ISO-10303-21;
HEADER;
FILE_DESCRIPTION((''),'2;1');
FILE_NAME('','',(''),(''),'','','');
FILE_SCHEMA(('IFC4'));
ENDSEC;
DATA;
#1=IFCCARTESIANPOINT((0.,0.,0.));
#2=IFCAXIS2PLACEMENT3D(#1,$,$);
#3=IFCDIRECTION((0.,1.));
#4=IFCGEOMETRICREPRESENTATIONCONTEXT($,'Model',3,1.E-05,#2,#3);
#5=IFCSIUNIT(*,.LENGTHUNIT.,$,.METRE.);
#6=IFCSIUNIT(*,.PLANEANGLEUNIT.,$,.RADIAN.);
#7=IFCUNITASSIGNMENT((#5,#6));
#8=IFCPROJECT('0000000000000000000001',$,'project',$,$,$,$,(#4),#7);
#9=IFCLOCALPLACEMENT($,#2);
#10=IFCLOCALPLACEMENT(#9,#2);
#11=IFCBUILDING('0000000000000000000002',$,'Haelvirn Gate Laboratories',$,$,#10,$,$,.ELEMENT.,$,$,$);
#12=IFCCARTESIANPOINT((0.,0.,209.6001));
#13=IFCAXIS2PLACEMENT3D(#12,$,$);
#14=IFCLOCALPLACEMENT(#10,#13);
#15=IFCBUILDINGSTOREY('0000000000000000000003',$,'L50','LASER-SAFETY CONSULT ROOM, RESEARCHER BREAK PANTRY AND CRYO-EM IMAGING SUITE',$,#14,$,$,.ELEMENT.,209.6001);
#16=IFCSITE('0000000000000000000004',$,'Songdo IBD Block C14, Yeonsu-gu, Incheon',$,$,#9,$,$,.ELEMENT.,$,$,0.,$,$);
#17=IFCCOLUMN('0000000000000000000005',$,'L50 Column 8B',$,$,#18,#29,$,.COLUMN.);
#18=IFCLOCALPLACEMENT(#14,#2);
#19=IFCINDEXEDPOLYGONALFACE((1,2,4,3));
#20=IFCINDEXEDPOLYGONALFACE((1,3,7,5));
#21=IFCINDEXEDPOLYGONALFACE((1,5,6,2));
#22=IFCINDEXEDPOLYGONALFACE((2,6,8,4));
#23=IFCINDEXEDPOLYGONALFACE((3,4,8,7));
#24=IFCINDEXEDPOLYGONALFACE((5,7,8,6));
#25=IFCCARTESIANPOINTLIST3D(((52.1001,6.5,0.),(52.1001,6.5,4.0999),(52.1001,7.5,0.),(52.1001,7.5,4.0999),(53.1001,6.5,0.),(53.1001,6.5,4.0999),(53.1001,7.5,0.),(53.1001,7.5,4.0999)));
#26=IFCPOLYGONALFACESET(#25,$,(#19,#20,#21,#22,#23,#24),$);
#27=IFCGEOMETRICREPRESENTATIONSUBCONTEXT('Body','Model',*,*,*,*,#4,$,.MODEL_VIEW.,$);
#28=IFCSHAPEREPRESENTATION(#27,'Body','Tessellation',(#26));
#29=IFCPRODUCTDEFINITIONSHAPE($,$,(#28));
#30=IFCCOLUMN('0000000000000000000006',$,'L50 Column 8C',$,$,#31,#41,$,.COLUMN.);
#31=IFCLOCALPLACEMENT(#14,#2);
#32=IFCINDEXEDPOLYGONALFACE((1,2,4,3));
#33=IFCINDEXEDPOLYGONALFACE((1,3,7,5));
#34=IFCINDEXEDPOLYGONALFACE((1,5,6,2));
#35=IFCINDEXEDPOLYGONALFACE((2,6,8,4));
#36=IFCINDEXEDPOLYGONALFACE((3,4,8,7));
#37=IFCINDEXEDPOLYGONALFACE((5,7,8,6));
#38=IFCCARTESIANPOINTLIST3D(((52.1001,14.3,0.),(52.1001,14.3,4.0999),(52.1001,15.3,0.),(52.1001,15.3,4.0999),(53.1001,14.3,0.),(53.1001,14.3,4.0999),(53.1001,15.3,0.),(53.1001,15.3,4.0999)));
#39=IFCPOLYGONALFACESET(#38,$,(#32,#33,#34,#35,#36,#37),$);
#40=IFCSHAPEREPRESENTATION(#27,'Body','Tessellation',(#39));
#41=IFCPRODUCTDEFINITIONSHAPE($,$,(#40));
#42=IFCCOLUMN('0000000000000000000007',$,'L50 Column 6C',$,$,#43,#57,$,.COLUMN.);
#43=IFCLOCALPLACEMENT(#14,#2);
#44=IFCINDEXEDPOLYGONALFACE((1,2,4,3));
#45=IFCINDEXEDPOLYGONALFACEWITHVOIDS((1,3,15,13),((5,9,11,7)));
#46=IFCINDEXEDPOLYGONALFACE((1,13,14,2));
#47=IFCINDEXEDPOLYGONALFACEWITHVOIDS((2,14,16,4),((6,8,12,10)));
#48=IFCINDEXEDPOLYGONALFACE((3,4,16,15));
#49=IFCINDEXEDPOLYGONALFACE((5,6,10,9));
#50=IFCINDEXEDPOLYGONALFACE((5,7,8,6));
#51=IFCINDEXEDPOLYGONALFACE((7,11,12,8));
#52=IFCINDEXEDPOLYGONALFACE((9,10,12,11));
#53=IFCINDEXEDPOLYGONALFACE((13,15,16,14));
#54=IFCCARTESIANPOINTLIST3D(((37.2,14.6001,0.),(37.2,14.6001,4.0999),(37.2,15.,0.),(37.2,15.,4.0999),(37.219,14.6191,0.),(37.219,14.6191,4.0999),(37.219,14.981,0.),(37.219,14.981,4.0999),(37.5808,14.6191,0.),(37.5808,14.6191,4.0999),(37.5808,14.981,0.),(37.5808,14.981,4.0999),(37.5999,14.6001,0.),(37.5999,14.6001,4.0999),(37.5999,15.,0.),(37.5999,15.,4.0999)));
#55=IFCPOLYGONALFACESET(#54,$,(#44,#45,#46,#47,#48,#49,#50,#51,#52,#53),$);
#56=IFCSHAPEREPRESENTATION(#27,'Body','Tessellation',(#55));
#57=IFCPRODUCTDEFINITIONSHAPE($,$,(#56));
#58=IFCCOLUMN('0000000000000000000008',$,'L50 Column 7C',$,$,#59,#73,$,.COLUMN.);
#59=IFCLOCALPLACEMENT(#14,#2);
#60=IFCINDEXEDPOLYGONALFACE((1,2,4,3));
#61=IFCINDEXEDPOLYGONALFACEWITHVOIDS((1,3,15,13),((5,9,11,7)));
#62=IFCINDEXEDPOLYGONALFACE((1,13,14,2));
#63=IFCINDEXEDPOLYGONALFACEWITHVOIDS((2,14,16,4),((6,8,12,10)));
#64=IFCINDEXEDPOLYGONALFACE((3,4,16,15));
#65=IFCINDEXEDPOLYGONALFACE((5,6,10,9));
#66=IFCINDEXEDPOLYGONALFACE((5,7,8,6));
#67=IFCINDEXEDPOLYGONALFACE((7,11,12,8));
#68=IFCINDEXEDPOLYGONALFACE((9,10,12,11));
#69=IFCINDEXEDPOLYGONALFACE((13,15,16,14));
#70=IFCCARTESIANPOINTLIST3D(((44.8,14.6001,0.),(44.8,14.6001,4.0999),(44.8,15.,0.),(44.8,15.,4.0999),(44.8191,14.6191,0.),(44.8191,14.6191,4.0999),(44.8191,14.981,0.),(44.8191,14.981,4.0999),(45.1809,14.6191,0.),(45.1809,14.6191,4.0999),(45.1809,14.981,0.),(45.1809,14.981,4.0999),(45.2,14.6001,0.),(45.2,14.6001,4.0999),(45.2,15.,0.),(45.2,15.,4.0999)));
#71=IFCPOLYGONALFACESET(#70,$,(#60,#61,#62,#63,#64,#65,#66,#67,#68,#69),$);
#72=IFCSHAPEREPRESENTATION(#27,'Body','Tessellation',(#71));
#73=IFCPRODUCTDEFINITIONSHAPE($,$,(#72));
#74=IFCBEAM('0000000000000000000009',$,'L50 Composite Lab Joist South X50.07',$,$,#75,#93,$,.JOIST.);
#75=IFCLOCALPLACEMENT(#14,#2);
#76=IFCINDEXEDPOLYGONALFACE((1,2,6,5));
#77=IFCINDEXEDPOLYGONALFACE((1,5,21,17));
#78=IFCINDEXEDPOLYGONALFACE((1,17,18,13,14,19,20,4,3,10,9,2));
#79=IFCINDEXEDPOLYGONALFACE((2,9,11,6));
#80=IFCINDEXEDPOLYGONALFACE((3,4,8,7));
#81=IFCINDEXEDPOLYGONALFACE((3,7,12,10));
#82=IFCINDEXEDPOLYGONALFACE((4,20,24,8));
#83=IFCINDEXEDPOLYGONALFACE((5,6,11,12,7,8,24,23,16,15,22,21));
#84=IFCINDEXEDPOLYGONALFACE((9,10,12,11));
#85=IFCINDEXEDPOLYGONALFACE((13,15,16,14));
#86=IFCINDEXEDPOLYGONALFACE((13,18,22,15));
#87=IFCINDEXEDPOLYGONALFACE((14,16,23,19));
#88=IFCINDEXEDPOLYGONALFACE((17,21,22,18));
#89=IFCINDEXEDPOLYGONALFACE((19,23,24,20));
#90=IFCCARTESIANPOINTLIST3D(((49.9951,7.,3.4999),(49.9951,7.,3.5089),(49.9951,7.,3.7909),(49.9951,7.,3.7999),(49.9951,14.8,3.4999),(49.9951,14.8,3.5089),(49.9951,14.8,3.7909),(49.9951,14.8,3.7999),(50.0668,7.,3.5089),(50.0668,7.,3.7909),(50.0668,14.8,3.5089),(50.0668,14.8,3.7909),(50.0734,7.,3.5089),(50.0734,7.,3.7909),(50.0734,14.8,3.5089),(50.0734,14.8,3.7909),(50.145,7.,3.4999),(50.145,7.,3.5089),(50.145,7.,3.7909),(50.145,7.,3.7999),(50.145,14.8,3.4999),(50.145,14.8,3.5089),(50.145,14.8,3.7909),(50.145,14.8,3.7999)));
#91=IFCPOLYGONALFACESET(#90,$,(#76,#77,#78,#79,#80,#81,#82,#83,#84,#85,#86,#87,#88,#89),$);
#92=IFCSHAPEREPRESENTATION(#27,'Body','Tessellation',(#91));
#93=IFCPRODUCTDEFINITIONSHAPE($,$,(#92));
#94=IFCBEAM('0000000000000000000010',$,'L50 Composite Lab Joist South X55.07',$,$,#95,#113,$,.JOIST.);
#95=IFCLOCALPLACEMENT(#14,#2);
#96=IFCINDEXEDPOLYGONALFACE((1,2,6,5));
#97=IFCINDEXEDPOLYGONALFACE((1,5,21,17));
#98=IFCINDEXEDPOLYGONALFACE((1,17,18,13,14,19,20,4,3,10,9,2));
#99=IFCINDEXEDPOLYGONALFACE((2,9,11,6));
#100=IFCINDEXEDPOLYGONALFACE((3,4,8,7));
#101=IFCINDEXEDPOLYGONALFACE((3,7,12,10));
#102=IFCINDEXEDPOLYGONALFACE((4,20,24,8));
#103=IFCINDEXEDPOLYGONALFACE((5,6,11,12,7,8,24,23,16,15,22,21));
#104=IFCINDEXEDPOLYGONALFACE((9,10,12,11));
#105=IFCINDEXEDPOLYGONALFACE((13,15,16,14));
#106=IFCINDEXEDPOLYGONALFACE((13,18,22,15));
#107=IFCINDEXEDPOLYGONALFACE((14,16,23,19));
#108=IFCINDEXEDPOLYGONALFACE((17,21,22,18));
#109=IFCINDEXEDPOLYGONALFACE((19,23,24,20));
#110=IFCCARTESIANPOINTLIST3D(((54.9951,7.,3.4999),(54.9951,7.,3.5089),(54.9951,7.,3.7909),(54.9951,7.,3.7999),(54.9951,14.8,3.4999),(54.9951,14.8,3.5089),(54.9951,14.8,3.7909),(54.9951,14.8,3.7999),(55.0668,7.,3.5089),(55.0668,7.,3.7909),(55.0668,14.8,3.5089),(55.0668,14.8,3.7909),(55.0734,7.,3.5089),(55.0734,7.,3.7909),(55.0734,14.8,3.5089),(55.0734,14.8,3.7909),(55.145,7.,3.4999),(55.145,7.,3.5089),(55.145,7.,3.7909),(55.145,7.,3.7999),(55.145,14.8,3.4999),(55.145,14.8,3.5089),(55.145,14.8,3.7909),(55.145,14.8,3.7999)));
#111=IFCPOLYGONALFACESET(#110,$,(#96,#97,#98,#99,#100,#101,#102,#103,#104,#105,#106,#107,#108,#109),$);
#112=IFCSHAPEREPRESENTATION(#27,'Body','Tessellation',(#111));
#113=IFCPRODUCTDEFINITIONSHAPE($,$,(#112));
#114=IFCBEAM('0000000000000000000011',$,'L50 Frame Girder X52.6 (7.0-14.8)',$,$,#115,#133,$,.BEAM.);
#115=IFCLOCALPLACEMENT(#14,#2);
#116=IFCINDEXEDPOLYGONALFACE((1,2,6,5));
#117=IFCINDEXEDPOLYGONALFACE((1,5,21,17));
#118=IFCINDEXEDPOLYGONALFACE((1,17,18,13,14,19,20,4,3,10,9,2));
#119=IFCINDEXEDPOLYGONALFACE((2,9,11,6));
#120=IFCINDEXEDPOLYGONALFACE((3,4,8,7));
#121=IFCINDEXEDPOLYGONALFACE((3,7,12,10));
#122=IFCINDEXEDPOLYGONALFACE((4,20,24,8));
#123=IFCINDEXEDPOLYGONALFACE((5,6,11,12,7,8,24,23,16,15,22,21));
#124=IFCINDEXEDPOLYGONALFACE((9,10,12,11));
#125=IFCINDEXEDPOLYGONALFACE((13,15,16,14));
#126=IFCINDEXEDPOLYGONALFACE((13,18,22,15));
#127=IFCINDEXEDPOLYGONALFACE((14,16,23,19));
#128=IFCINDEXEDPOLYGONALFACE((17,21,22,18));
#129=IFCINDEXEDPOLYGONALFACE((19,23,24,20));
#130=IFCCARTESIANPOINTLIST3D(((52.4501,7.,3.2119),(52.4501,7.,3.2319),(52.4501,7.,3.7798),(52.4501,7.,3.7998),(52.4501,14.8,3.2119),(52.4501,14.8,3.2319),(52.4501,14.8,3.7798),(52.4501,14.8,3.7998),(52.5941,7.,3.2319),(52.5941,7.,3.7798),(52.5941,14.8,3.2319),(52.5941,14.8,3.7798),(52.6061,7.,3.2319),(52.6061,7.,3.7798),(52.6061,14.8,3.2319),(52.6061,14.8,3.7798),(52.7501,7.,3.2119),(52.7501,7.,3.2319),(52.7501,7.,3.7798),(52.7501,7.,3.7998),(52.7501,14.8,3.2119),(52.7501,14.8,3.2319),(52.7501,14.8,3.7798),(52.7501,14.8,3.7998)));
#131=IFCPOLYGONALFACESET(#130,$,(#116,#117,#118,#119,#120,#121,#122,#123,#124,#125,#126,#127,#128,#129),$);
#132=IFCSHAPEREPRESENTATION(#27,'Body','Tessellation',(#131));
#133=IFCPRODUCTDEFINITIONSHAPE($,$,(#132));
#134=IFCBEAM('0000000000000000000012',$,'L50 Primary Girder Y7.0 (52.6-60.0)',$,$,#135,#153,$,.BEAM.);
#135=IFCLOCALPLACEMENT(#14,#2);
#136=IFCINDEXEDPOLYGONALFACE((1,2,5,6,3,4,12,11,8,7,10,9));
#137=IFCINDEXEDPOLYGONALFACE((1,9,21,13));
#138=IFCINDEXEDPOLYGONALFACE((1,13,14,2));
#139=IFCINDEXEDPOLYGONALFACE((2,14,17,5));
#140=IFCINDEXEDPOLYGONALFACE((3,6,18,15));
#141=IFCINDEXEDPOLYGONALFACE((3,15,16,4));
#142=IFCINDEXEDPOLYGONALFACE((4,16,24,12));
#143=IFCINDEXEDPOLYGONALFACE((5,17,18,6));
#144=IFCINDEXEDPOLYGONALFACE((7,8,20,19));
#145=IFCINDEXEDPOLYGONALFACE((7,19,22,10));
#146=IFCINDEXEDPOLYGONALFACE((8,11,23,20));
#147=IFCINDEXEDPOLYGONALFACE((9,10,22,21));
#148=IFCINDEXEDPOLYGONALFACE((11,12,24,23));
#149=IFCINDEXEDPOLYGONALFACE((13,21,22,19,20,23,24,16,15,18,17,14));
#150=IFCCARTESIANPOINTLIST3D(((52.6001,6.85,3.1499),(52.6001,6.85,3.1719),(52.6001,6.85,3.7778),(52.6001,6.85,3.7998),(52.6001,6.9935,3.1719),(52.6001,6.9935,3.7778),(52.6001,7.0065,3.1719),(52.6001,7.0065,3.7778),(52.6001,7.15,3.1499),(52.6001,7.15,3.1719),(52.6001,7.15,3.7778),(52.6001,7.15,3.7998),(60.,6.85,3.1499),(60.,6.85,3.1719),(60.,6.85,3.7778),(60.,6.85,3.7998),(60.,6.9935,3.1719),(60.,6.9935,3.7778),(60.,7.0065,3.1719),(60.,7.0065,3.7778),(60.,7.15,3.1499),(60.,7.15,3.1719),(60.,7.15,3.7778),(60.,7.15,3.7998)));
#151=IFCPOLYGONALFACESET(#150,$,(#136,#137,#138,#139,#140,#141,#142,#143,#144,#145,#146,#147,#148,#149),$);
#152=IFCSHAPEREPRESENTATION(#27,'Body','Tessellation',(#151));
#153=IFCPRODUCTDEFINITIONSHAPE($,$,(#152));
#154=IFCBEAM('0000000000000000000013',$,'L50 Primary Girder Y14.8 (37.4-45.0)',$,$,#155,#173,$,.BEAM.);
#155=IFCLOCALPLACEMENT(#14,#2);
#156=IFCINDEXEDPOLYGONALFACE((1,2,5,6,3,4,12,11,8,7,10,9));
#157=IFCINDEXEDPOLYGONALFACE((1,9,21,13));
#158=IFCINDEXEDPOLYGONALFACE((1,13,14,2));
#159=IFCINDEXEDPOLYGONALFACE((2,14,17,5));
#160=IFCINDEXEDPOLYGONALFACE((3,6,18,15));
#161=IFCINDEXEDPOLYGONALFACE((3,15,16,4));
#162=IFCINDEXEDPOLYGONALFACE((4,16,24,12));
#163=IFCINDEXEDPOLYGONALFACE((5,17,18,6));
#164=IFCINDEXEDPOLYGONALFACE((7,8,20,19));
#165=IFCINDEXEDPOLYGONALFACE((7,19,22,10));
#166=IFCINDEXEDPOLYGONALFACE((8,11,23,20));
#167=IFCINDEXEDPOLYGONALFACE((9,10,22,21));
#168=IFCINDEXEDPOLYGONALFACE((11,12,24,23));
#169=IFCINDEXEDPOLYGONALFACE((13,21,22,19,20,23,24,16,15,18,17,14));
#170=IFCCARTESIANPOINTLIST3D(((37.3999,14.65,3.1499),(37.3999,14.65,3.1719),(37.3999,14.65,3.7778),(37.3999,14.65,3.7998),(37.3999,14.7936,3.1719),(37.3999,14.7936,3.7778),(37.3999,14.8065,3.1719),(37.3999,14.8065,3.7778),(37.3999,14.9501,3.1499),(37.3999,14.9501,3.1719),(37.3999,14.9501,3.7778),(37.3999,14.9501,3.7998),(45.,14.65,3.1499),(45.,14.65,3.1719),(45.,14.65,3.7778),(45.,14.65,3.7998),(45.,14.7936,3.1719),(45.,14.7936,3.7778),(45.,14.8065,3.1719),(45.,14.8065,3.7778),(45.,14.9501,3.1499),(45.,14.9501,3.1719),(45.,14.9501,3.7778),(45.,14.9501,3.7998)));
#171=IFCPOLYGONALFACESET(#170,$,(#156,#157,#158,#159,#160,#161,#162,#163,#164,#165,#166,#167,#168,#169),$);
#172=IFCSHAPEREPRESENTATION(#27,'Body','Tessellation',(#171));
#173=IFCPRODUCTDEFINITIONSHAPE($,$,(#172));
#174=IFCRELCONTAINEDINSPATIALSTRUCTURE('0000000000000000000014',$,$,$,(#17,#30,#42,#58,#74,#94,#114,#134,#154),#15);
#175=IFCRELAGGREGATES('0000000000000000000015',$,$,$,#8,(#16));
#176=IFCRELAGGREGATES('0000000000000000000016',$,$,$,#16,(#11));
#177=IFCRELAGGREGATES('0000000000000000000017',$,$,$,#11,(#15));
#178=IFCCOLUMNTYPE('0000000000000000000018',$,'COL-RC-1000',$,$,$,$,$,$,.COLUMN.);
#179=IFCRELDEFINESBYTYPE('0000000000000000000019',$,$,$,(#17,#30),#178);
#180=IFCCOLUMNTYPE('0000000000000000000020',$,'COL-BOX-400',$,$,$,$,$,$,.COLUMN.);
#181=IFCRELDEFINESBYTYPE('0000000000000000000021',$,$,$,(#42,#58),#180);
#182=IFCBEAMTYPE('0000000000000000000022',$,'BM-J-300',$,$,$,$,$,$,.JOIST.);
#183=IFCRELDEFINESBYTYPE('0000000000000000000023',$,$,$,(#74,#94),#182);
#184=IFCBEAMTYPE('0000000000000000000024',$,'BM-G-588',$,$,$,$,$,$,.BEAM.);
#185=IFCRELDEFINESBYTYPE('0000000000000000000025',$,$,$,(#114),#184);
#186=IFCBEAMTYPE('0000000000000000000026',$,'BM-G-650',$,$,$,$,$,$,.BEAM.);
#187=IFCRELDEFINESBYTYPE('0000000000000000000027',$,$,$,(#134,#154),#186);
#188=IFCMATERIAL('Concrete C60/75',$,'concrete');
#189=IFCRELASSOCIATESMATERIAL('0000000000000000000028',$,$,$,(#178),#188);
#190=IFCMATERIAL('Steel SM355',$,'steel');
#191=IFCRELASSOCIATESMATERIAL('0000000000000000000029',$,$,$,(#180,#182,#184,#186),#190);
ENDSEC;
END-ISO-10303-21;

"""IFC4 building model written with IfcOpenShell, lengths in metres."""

from ifc_helpers import new_model, si_unit, direction, frame, origin, origin_2d, place, context, subcontext, project, spatial, rectangle, hollow_rectangle, i_section, extrude, source, transform, mapped, material, material_profile, profile_set, type_object, type_shapes, element, save


model = new_model("IFC4")

# Units and contexts
model_context = context("Model", 3, precision=1e-05, world=origin(), true_north=direction((0.0, 1.0)))
body_context = subcontext(model_context, "Body", "Model", "MODEL_VIEW")
ifc_project = project(units=[si_unit("LENGTHUNIT", "METRE"), si_unit("PLANEANGLEUNIT", "RADIAN")], contexts=[model_context])

# Site, building, storey
site_placement = place(None, origin())
site = spatial("IfcSite", under=ifc_project, at=site_placement, Name="Songdo IBD Block C14, Yeonsu-gu, Incheon", CompositionType="ELEMENT", RefElevation=0.0)
building_placement = place(site_placement, origin())
building = spatial("IfcBuilding", under=site, at=building_placement, Name="Haelvirn Gate Laboratories", CompositionType="ELEMENT")
storey_placement = place(building_placement, frame((0.0, 0.0, 209.6001)))
storey = spatial("IfcBuildingStorey", under=building, at=storey_placement, Name="L50", Description="LASER-SAFETY CONSULT ROOM, RESEARCHER BREAK PANTRY AND CRYO-EM IMAGING SUITE", CompositionType="ELEMENT", Elevation=209.6001)

# Columns
ifc_material_1 = material(Name="Concrete C60/75", Category="concrete")
ifc_material_profile_1 = material_profile(ifc_material_1, rectangle(XDim=1.0, YDim=1.0, at=origin_2d()), Name="RC-1000x1000")
ifc_profile_set_1 = profile_set([ifc_material_profile_1], Name="Concrete C60/75")
column_type_1 = type_object("IfcColumnType", Name="COL-RC-1000", PredefinedType="COLUMN", material=ifc_profile_set_1)
shared_shape_1 = source(origin(), body_context, "Body", "SweptSolid", [
    extrude(rectangle(XDim=1.0, YDim=1.0, at=origin_2d()), origin(), (0.0, 0.0, 1.0), 4.0999),
])
type_shapes(column_type_1, [shared_shape_1])
for number, where, z_axis, x_axis, name in (
    (1, (52.6001, 7.0, 0.0), (0.0, 0.0, 1.0), (1.0, 0.0, 0.0), "L50 Column 8B"),
    (2, (52.6001, 14.8, 0.0), (0.0, 0.0, 1.0), (1.0, 0.0, 0.0), "L50 Column 8C"),
):
    element("IfcColumn", number, at=place(storey_placement, frame(where, z_axis=z_axis, x_axis=x_axis)), inside=storey, type_object=column_type_1, Name=name, PredefinedType="COLUMN", context=body_context, shape_type="MappedRepresentation", body=[
        mapped(shared_shape_1, transform((0.0, 0.0, 0.0), scale=1.0)),
    ])
ifc_material_2 = material(Name="Steel SM355", Category="steel")
ifc_material_profile_2 = material_profile(ifc_material_2, hollow_rectangle(XDim=0.3999, YDim=0.3999, WallThickness=0.019, at=origin_2d()), Name="BOX-400x400x19")
ifc_profile_set_2 = profile_set([ifc_material_profile_2], Name="Steel SM355")
column_type_2 = type_object("IfcColumnType", Name="COL-BOX-400", PredefinedType="COLUMN", material=ifc_profile_set_2)
shared_shape_2 = source(origin(), body_context, "Body", "SweptSolid", [
    extrude(hollow_rectangle(XDim=0.3999, YDim=0.3999, WallThickness=0.019, at=origin_2d()), origin(), (0.0, 0.0, 1.0), 4.0999),
])
type_shapes(column_type_2, [shared_shape_2])
for number, where, z_axis, x_axis, name in (
    (3, (37.3999, 14.8, 0.0), (0.0, 0.0, 1.0), (1.0, 0.0, 0.0), "L50 Column 6C"),
    (4, (45.0, 14.8, 0.0), (0.0, 0.0, 1.0), (1.0, 0.0, 0.0), "L50 Column 7C"),
):
    element("IfcColumn", number, at=place(storey_placement, frame(where, z_axis=z_axis, x_axis=x_axis)), inside=storey, type_object=column_type_2, Name=name, PredefinedType="COLUMN", context=body_context, shape_type="MappedRepresentation", body=[
        mapped(shared_shape_2, transform((0.0, 0.0, 0.0), scale=1.0)),
    ])

# Beams
ifc_material_profile_3 = material_profile(ifc_material_2, i_section(OverallWidth=0.1499, OverallDepth=0.3, WebThickness=0.0066, FlangeThickness=0.009, at=origin_2d()), Name="H-300x150x6.5x9")
ifc_profile_set_3 = profile_set([ifc_material_profile_3], Name="Steel SM355")
beam_type_1 = type_object("IfcBeamType", Name="BM-J-300", PredefinedType="JOIST", material=ifc_profile_set_3)
shared_shape_3 = source(origin(), body_context, "Body", "SweptSolid", [
    extrude(i_section(OverallWidth=0.1499, OverallDepth=0.3, WebThickness=0.0066, FlangeThickness=0.009, at=origin_2d()), origin(), (0.0, 0.0, 1.0), 7.8),
])
type_shapes(beam_type_1, [shared_shape_3])
for number, where, z_axis, x_axis, name in (
    (5, (50.0701, 7.0, 3.6499), (0.0, 1.0, 0.0), (-1.0, 0.0, 0.0), "L50 Composite Lab Joist South X50.07"),
    (6, (55.0701, 7.0, 3.6499), (0.0, 1.0, 0.0), (-1.0, 0.0, 0.0), "L50 Composite Lab Joist South X55.07"),
):
    element("IfcBeam", number, at=place(storey_placement, frame(where, z_axis=z_axis, x_axis=x_axis)), inside=storey, type_object=beam_type_1, Name=name, PredefinedType="JOIST", context=body_context, shape_type="MappedRepresentation", body=[
        mapped(shared_shape_3, transform((0.0, 0.0, 0.0), scale=1.0)),
    ])
ifc_material_profile_4 = material_profile(ifc_material_2, i_section(OverallWidth=0.3, OverallDepth=0.5879, WebThickness=0.012, FlangeThickness=0.02, at=origin_2d()), Name="H-588x300x12x20")
ifc_profile_set_4 = profile_set([ifc_material_profile_4], Name="Steel SM355")
beam_type_2 = type_object("IfcBeamType", Name="BM-G-588", PredefinedType="BEAM", material=ifc_profile_set_4)
shared_shape_4 = source(origin(), body_context, "Body", "SweptSolid", [
    extrude(i_section(OverallWidth=0.3, OverallDepth=0.5879, WebThickness=0.012, FlangeThickness=0.02, at=origin_2d()), origin(), (0.0, 0.0, 1.0), 7.8),
])
type_shapes(beam_type_2, [shared_shape_4])
beam_1_placement = place(storey_placement, frame((52.6001, 7.0, 3.5059), z_axis=(0.0, 1.0, 0.0), x_axis=(-1.0, 0.0, 0.0)))
element("IfcBeam", 7, at=beam_1_placement, inside=storey, type_object=beam_type_2, Name="L50 Frame Girder X52.6 (7.0-14.8)", PredefinedType="BEAM", context=body_context, shape_type="MappedRepresentation", body=[
    mapped(shared_shape_4, transform((0.0, 0.0, 0.0), scale=1.0)),
])
ifc_material_profile_5 = material_profile(ifc_material_2, i_section(OverallWidth=0.3, OverallDepth=0.6499, WebThickness=0.0129, FlangeThickness=0.022, at=origin_2d()), Name="H-650x300x13x22")
ifc_profile_set_5 = profile_set([ifc_material_profile_5], Name="Steel SM355")
beam_type_3 = type_object("IfcBeamType", Name="BM-G-650", PredefinedType="BEAM", material=ifc_profile_set_5)
shared_shape_5 = source(origin(), body_context, "Body", "SweptSolid", [
    extrude(i_section(OverallWidth=0.3, OverallDepth=0.6499, WebThickness=0.0129, FlangeThickness=0.022, at=origin_2d()), origin(), (0.0, 0.0, 1.0), 7.3999),
])
beam_2_placement = place(storey_placement, frame((52.6001, 7.0, 3.4749), z_axis=(1.0, 0.0, 0.0), x_axis=(0.0, 1.0, 0.0)))
element("IfcBeam", 8, at=beam_2_placement, inside=storey, type_object=beam_type_3, Name="L50 Primary Girder Y7.0 (52.6-60.0)", PredefinedType="BEAM", context=body_context, shape_type="MappedRepresentation", body=[
    mapped(shared_shape_5, transform((0.0, 0.0, 0.0), scale=1.0)),
])
shared_shape_6 = source(origin(), body_context, "Body", "SweptSolid", [
    extrude(i_section(OverallWidth=0.3, OverallDepth=0.6499, WebThickness=0.0129, FlangeThickness=0.022, at=origin_2d()), origin(), (0.0, 0.0, 1.0), 7.6001),
])
type_shapes(beam_type_3, [shared_shape_5, shared_shape_6])
for number, where, z_axis, x_axis, name in (
    (9, (37.3999, 14.8, 3.4749), (1.0, 0.0, 0.0), (0.0, 1.0, 0.0), "L50 Primary Girder Y14.8 (37.4-45.0)"),
):
    element("IfcBeam", number, at=place(storey_placement, frame(where, z_axis=z_axis, x_axis=x_axis)), inside=storey, type_object=beam_type_3, Name=name, PredefinedType="BEAM", context=body_context, shape_type="MappedRepresentation", body=[
        mapped(shared_shape_6, transform((0.0, 0.0, 0.0), scale=1.0)),
    ])

save(model, "model.ifc")
